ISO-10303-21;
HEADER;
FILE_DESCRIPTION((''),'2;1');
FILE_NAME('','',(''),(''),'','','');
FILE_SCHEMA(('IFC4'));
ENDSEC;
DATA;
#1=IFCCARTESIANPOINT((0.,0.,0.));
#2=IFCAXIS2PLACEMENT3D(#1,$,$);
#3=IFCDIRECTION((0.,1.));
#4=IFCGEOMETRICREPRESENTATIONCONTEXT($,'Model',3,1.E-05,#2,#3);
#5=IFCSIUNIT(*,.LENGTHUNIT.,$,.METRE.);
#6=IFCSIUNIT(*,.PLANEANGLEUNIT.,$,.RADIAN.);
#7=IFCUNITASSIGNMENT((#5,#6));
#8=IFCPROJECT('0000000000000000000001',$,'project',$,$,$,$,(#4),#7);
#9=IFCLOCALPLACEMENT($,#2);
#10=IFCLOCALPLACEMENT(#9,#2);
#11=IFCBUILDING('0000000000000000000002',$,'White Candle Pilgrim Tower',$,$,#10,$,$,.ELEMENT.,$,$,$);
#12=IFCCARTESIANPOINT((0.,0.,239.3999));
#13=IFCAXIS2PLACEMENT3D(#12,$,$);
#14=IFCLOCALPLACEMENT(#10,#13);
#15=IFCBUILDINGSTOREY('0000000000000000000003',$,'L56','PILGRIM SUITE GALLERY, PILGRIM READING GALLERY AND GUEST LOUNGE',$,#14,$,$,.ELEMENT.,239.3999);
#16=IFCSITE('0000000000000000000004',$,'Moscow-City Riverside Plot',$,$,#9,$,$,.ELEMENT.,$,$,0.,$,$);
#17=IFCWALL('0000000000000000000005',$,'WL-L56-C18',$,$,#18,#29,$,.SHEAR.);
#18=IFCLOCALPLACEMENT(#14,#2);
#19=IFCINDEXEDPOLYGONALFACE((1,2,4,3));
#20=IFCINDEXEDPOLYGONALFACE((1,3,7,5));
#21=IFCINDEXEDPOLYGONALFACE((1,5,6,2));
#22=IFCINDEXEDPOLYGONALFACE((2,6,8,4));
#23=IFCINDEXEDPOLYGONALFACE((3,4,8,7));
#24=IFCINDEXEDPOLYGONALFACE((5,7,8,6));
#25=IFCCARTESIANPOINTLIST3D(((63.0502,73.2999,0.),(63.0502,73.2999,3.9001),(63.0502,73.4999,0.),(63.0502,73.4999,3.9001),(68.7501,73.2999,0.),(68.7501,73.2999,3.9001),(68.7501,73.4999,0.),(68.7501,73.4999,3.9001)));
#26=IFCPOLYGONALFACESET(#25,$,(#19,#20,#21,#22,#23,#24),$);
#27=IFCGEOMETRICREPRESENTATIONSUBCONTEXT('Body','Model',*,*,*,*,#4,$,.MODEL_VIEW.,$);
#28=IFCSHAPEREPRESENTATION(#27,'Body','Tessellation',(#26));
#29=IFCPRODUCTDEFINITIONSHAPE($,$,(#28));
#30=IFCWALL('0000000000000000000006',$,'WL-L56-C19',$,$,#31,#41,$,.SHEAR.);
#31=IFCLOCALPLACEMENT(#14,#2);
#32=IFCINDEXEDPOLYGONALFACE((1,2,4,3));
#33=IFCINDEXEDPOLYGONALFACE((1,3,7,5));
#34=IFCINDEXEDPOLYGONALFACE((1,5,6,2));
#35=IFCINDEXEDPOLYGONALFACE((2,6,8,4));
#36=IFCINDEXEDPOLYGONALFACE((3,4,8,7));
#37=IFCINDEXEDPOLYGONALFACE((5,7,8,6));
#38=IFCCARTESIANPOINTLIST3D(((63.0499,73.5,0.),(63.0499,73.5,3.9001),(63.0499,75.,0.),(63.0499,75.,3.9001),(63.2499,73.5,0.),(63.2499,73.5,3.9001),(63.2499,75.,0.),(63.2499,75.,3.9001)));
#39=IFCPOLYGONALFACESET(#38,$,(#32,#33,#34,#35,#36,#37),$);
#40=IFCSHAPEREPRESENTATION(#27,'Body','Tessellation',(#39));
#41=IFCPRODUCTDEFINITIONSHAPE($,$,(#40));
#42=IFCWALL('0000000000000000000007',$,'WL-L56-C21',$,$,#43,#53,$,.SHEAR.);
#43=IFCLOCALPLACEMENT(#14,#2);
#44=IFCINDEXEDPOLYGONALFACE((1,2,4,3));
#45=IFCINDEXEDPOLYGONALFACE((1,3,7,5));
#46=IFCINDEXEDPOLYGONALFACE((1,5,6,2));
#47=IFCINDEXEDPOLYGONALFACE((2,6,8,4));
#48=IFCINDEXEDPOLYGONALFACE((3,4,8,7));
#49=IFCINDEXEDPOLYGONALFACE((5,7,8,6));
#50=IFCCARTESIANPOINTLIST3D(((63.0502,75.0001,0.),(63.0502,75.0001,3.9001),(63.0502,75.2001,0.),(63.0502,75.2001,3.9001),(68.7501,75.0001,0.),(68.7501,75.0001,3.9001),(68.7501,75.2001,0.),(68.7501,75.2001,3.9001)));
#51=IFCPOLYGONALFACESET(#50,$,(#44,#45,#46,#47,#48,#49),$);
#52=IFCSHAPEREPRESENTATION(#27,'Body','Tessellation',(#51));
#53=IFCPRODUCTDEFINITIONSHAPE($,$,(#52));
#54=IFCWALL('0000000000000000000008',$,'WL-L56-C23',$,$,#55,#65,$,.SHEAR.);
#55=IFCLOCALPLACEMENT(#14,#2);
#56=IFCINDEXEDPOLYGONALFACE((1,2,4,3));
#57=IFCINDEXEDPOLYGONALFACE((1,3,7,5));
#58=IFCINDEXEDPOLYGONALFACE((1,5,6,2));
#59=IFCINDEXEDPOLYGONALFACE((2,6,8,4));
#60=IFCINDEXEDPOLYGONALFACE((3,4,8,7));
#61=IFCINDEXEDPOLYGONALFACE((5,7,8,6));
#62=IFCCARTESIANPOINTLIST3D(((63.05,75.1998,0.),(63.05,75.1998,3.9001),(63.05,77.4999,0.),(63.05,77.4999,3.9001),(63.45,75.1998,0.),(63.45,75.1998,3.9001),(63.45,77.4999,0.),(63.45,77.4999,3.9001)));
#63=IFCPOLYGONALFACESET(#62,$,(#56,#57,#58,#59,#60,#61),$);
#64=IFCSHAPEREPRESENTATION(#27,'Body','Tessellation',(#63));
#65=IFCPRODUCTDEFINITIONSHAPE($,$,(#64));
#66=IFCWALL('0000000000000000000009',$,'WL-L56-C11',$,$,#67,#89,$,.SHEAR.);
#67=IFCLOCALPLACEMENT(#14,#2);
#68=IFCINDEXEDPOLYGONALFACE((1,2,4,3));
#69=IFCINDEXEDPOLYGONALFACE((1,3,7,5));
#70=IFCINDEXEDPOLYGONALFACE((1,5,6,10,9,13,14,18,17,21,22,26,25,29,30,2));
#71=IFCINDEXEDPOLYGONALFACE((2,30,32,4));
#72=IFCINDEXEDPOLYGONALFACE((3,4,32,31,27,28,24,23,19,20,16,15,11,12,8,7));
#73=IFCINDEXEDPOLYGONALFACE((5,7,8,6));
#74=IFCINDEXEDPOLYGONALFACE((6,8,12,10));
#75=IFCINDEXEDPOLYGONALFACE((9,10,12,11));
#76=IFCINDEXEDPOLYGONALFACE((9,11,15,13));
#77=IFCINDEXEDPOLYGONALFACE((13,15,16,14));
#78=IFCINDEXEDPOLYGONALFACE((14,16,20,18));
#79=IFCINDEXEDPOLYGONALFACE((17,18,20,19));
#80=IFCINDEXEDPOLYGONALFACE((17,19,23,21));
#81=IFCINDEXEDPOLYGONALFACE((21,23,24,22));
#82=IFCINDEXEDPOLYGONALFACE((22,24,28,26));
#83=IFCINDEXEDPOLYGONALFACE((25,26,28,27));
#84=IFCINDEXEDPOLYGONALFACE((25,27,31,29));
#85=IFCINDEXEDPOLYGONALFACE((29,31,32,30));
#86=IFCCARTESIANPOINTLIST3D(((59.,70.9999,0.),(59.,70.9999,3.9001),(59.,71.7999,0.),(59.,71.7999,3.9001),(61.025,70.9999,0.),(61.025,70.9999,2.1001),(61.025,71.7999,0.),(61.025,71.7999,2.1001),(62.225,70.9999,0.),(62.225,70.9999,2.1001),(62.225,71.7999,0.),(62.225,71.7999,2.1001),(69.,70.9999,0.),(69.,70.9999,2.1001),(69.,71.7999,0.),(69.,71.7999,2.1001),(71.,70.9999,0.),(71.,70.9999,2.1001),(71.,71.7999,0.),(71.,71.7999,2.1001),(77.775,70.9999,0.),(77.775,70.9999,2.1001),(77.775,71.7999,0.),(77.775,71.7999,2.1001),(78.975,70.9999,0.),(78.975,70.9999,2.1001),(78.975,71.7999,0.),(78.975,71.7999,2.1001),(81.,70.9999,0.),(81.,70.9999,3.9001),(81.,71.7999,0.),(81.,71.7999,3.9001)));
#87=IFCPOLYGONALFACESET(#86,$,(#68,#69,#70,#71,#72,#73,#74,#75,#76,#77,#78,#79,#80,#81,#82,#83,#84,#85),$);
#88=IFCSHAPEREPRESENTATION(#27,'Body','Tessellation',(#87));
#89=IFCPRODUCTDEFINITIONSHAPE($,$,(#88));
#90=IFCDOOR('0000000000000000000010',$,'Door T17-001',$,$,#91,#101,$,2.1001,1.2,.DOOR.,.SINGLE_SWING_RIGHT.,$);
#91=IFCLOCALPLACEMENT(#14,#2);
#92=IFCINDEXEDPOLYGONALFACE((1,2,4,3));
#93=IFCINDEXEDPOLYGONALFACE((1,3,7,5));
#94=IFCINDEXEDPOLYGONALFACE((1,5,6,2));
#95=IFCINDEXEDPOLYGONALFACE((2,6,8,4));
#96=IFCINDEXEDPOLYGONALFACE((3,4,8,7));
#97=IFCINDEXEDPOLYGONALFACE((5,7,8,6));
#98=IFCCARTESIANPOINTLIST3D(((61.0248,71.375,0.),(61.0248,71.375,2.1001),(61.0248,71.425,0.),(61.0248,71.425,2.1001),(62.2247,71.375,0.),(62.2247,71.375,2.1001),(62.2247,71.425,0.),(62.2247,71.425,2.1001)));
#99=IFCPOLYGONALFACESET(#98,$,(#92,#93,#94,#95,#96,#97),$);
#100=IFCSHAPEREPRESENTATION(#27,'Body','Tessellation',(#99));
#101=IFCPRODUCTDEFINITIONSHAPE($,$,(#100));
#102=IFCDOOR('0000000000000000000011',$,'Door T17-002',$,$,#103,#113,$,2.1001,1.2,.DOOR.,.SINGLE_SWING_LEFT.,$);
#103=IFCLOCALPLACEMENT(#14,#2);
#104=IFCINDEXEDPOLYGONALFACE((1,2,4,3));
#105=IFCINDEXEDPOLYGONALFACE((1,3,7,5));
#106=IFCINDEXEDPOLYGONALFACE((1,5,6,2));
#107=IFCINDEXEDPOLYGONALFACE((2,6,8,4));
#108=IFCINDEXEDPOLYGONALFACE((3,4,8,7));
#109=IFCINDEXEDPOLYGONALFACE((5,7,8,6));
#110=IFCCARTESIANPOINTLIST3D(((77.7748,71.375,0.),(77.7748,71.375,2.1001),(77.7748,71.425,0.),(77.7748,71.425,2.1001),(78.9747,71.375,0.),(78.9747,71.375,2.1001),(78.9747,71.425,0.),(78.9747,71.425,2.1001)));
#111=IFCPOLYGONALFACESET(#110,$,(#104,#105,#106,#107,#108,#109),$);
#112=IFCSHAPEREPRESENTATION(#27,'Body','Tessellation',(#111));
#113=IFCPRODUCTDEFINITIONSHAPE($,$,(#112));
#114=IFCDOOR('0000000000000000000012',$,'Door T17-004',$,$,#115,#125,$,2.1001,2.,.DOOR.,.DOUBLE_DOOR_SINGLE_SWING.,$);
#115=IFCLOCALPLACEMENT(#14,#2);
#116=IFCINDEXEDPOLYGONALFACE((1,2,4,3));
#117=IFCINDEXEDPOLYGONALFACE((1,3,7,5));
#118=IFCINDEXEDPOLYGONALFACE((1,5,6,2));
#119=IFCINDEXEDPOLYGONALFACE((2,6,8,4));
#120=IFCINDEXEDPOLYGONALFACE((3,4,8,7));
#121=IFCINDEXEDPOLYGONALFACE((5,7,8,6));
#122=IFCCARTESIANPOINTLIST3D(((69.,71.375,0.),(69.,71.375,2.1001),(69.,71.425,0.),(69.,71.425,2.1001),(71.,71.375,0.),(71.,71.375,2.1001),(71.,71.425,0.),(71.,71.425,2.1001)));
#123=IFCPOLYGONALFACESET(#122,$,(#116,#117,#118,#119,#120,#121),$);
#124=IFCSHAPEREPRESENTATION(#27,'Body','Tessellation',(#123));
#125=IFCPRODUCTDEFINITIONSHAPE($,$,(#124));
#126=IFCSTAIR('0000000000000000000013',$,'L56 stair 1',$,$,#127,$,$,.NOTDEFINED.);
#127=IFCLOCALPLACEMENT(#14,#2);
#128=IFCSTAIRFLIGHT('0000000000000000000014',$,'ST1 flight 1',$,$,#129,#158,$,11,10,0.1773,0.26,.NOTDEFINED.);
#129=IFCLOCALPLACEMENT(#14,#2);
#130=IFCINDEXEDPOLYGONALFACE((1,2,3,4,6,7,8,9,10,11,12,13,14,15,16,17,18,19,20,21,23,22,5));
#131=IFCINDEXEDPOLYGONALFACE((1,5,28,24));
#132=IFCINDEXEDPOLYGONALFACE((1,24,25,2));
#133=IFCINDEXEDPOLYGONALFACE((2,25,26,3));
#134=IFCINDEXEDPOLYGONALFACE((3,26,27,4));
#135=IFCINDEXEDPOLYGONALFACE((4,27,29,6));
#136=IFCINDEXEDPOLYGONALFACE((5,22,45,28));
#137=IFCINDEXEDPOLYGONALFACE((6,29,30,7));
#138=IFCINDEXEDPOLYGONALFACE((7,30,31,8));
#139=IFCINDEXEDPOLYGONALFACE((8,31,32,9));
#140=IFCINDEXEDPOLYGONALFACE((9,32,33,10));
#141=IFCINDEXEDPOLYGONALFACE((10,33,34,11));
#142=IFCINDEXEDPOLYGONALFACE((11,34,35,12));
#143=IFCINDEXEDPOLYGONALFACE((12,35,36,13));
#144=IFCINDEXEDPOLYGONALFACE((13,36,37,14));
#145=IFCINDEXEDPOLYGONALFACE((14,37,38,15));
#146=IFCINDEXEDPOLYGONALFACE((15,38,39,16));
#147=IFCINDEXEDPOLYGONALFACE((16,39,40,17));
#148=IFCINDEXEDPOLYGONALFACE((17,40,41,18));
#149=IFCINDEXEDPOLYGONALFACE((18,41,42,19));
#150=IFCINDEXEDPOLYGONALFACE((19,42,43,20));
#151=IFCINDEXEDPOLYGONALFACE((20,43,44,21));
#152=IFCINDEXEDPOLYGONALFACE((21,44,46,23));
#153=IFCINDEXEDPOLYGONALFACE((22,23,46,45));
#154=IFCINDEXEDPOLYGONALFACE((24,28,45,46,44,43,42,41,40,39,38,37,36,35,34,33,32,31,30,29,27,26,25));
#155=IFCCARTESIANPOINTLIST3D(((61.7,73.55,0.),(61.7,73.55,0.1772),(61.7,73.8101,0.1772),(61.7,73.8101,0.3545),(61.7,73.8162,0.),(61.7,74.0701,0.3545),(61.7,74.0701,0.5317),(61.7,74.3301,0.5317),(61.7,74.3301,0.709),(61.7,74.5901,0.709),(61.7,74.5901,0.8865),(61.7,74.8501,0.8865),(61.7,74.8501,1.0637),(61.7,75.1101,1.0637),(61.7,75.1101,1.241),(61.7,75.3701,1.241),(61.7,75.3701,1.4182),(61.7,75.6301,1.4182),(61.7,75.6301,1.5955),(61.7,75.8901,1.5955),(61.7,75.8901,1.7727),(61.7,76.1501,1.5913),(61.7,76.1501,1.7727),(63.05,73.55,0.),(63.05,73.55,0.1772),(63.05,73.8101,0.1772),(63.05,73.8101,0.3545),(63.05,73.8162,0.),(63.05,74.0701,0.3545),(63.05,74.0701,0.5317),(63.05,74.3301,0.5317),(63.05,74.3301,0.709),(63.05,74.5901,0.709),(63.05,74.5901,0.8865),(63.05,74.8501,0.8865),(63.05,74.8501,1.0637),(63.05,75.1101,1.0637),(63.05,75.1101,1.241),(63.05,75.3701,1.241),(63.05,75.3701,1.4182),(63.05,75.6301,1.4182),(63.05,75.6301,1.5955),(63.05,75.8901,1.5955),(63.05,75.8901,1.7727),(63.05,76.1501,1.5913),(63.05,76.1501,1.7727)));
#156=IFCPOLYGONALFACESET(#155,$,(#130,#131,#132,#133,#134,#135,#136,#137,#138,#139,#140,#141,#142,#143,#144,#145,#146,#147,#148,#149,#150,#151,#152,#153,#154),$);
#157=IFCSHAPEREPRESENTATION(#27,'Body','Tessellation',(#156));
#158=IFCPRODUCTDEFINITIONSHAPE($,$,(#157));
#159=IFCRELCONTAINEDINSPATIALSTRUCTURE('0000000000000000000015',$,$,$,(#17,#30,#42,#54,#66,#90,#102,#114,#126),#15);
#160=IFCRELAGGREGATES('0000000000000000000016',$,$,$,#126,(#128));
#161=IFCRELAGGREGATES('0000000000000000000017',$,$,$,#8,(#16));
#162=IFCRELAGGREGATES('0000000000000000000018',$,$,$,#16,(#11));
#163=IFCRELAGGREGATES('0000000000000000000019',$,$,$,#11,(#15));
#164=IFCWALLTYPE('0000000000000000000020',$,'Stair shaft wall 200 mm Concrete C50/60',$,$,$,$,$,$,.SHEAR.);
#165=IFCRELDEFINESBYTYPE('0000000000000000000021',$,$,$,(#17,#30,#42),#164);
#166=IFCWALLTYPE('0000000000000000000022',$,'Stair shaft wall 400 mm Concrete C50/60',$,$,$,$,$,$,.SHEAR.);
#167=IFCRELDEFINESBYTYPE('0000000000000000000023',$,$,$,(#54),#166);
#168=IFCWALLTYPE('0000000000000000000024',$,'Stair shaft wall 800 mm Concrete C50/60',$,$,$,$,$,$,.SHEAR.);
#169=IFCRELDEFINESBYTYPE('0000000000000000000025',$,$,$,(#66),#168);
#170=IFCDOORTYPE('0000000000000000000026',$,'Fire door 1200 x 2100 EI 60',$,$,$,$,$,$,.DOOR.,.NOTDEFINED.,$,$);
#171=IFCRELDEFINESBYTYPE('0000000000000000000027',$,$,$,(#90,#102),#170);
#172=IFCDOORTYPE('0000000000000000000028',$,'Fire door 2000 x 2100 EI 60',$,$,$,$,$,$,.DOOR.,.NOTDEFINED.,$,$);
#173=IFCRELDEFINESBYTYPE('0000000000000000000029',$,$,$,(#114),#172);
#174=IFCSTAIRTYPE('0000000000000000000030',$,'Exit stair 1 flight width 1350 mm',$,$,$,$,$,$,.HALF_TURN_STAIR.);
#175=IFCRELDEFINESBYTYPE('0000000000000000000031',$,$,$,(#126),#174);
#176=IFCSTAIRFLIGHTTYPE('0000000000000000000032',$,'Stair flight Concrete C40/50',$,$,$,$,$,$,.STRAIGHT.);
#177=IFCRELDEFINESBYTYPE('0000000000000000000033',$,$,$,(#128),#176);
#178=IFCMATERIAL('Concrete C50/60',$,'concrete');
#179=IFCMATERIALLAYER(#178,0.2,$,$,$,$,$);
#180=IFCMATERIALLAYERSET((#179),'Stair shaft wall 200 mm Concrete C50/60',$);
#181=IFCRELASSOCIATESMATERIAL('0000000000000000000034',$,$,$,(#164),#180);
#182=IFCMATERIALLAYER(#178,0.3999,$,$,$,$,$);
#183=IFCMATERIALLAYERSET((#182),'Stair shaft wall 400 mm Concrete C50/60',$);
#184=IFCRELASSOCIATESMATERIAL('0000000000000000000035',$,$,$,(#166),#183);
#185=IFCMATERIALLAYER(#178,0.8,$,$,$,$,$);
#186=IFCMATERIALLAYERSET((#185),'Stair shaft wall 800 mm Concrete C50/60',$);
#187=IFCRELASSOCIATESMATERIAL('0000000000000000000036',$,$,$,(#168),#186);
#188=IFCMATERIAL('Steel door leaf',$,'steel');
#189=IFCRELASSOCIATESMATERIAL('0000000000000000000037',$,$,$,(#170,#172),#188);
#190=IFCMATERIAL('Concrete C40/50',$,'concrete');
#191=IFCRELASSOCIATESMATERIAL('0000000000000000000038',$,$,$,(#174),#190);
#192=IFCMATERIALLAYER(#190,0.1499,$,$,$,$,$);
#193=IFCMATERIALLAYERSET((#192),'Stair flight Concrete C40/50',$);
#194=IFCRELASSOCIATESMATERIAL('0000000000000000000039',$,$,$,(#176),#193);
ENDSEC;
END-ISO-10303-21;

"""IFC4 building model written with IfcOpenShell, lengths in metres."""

from ifc_helpers import new_model, si_unit, direction, frame, frame_2d, origin, place, context, subcontext, project, spatial, polyline, rectangle, outline, extrude, material, layer, layer_set, type_object, element, fill, aggregate, save


model = new_model("IFC4")

# Units and contexts
model_context = context("Model", 3, precision=1e-05, world=origin(), true_north=direction((0.0, 1.0)))
body_context = subcontext(model_context, "Body", "Model", "MODEL_VIEW")
ifc_project = project(units=[si_unit("LENGTHUNIT", "METRE"), si_unit("PLANEANGLEUNIT", "RADIAN")], contexts=[model_context])

# Site, building, storey
site_placement = place(None, origin())
site = spatial("IfcSite", under=ifc_project, at=site_placement, Name="Moscow-City Riverside Plot", CompositionType="ELEMENT", RefElevation=0.0)
building_placement = place(site_placement, origin())
building = spatial("IfcBuilding", under=site, at=building_placement, Name="White Candle Pilgrim Tower", CompositionType="ELEMENT")
storey_placement = place(building_placement, frame((0.0, 0.0, 239.3999)))
storey = spatial("IfcBuildingStorey", under=building, at=storey_placement, Name="L56", Description="PILGRIM SUITE GALLERY, PILGRIM READING GALLERY AND GUEST LOUNGE", CompositionType="ELEMENT", Elevation=239.3999)

# Shared definitions
ifc_material_1 = material(Name="Steel door leaf", Category="steel")

# Walls
ifc_material_2 = material(Name="Concrete C50/60", Category="concrete")
ifc_layer_1 = layer(ifc_material_2, 0.2)
ifc_layer_set_1 = layer_set([ifc_layer_1], Name="Stair shaft wall 200 mm Concrete C50/60")
wall_type_1 = type_object("IfcWallType", Name="Stair shaft wall 200 mm Concrete C50/60", PredefinedType="SHEAR", material=ifc_layer_set_1)
wall_1_placement = place(storey_placement, frame((63.05, 73.3999, 0.0), z_axis=(0.0, 0.0, 1.0), x_axis=(1.0, 0.0, 0.0)))
element("IfcWall", 1, at=wall_1_placement, inside=storey, type_object=wall_type_1, Name="WL-L56-C18", PredefinedType="SHEAR", context=body_context, shape_type="SweptSolid", body=[
    extrude(rectangle(XDim=5.7, YDim=0.2, at=frame_2d((2.8501, 0.0))), origin(), (0.0, 0.0, 1.0), 3.9001),
])
wall_2_placement = place(storey_placement, frame((63.1499, 73.5, 0.0), z_axis=(0.0, 0.0, 1.0), x_axis=(0.0, 1.0, 0.0)))
element("IfcWall", 2, at=wall_2_placement, inside=storey, type_object=wall_type_1, Name="WL-L56-C19", PredefinedType="SHEAR", context=body_context, shape_type="SweptSolid", body=[
    extrude(rectangle(XDim=1.5, YDim=0.2, at=frame_2d((0.75, 0.0))), origin(), (0.0, 0.0, 1.0), 3.9001),
])
wall_3_placement = place(storey_placement, frame((63.05, 75.1001, 0.0), z_axis=(0.0, 0.0, 1.0), x_axis=(1.0, 0.0, 0.0)))
element("IfcWall", 3, at=wall_3_placement, inside=storey, type_object=wall_type_1, Name="WL-L56-C21", PredefinedType="SHEAR", context=body_context, shape_type="SweptSolid", body=[
    extrude(rectangle(XDim=5.7, YDim=0.2, at=frame_2d((2.8501, 0.0))), origin(), (0.0, 0.0, 1.0), 3.9001),
])
ifc_layer_2 = layer(ifc_material_2, 0.3999)
ifc_layer_set_2 = layer_set([ifc_layer_2], Name="Stair shaft wall 400 mm Concrete C50/60")
wall_type_2 = type_object("IfcWallType", Name="Stair shaft wall 400 mm Concrete C50/60", PredefinedType="SHEAR", material=ifc_layer_set_2)
wall_4_placement = place(storey_placement, frame((63.25, 75.2, 0.0), z_axis=(0.0, 0.0, 1.0), x_axis=(0.0, 1.0, 0.0)))
element("IfcWall", 4, at=wall_4_placement, inside=storey, type_object=wall_type_2, Name="WL-L56-C23", PredefinedType="SHEAR", context=body_context, shape_type="SweptSolid", body=[
    extrude(rectangle(XDim=2.3, YDim=0.3999, at=frame_2d((1.1499, 0.0))), origin(), (0.0, 0.0, 1.0), 3.9001),
])

# Wall, openings, doors
ifc_layer_3 = layer(ifc_material_2, 0.8)
ifc_layer_set_3 = layer_set([ifc_layer_3], Name="Stair shaft wall 800 mm Concrete C50/60")
wall_type_3 = type_object("IfcWallType", Name="Stair shaft wall 800 mm Concrete C50/60", PredefinedType="SHEAR", material=ifc_layer_set_3)
wall_5_placement = place(storey_placement, frame((59.0, 71.3999, 0.0), z_axis=(0.0, 0.0, 1.0), x_axis=(1.0, 0.0, 0.0)))
wall_5 = element("IfcWall", 5, at=wall_5_placement, inside=storey, type_object=wall_type_3, Name="WL-L56-C11", PredefinedType="SHEAR", context=body_context, shape_type="SweptSolid", body=[
    extrude(rectangle(XDim=22.0, YDim=0.8, at=frame_2d((11.0, 0.0))), origin(), (0.0, 0.0, 1.0), 3.9001),
])
opening_1_placement = place(wall_5_placement, frame((2.0249, 0.0, 0.0)))
opening_1 = element("IfcOpeningElement", 6, at=opening_1_placement, cuts=wall_5, PredefinedType="OPENING", context=body_context, shape_type="SweptSolid", body=[
    extrude(rectangle(XDim=1.2, YDim=2.1001, at=frame_2d((0.6001, 1.05))), frame((0.0, 0.4099, 0.0), z_axis=(0.0, -1.0, 0.0), x_axis=(1.0, 0.0, 0.0)), (0.0, 0.0, 1.0), 0.8201),
])
opening_2_placement = place(wall_5_placement, frame((18.7749, 0.0, 0.0)))
opening_2 = element("IfcOpeningElement", 7, at=opening_2_placement, cuts=wall_5, PredefinedType="OPENING", context=body_context, shape_type="SweptSolid", body=[
    extrude(rectangle(XDim=1.2, YDim=2.1001, at=frame_2d((0.6001, 1.05))), frame((0.0, 0.4099, 0.0), z_axis=(0.0, -1.0, 0.0), x_axis=(1.0, 0.0, 0.0)), (0.0, 0.0, 1.0), 0.8201),
])
opening_3_placement = place(wall_5_placement, frame((10.0, 0.0, 0.0)))
opening_3 = element("IfcOpeningElement", 8, at=opening_3_placement, cuts=wall_5, PredefinedType="OPENING", context=body_context, shape_type="SweptSolid", body=[
    extrude(rectangle(XDim=2.0, YDim=2.1001, at=frame_2d((1.0, 1.05))), frame((0.0, 0.4099, 0.0), z_axis=(0.0, -1.0, 0.0), x_axis=(1.0, 0.0, 0.0)), (0.0, 0.0, 1.0), 0.8201),
])
door_type_1 = type_object("IfcDoorType", Name="Fire door 1200 x 2100 EI 60", OperationType="NOTDEFINED", PredefinedType="DOOR", material=ifc_material_1)
door_1_placement = place(opening_1_placement, frame((1.2, 0.0, 0.0), z_axis=(0.0, 0.0, 1.0), x_axis=(-1.0, 0.0, 0.0)))
door_1 = element("IfcDoor", 9, at=door_1_placement, inside=storey, type_object=door_type_1, Name="Door T17-001", OperationType="SINGLE_SWING_RIGHT", OverallHeight=2.1001, OverallWidth=1.2, PredefinedType="DOOR", context=body_context, shape_type="SweptSolid", body=[
    extrude(rectangle(XDim=1.2, YDim=2.1001, at=frame_2d((0.6001, 1.05))), frame((0.0, 0.0249, 0.0), z_axis=(0.0, -1.0, 0.0), x_axis=(1.0, 0.0, 0.0)), (0.0, 0.0, 1.0), 0.05),
])
fill(opening_1, door_1)
door_2_placement = place(opening_2_placement, frame((1.2, 0.0, 0.0), z_axis=(0.0, 0.0, 1.0), x_axis=(-1.0, 0.0, 0.0)))
door_2 = element("IfcDoor", 10, at=door_2_placement, inside=storey, type_object=door_type_1, Name="Door T17-002", OperationType="SINGLE_SWING_LEFT", OverallHeight=2.1001, OverallWidth=1.2, PredefinedType="DOOR", context=body_context, shape_type="SweptSolid", body=[
    extrude(rectangle(XDim=1.2, YDim=2.1001, at=frame_2d((0.6001, 1.05))), frame((0.0, 0.0249, 0.0), z_axis=(0.0, -1.0, 0.0), x_axis=(1.0, 0.0, 0.0)), (0.0, 0.0, 1.0), 0.05),
])
fill(opening_2, door_2)
door_type_2 = type_object("IfcDoorType", Name="Fire door 2000 x 2100 EI 60", OperationType="NOTDEFINED", PredefinedType="DOOR", material=ifc_material_1)
door_3_placement = place(opening_3_placement, frame((2.0, 0.0, 0.0), z_axis=(0.0, 0.0, 1.0), x_axis=(-1.0, 0.0, 0.0)))
door_3 = element("IfcDoor", 11, at=door_3_placement, inside=storey, type_object=door_type_2, Name="Door T17-004", OperationType="DOUBLE_DOOR_SINGLE_SWING", OverallHeight=2.1001, OverallWidth=2.0, PredefinedType="DOOR", context=body_context, shape_type="SweptSolid", body=[
    extrude(rectangle(XDim=2.0, YDim=2.1001, at=frame_2d((1.0, 1.05))), frame((0.0, 0.0249, 0.0), z_axis=(0.0, -1.0, 0.0), x_axis=(1.0, 0.0, 0.0)), (0.0, 0.0, 1.0), 0.05),
])
fill(opening_3, door_3)

# Stair, stair flight
ifc_material_3 = material(Name="Concrete C40/50", Category="concrete")
stair_type = type_object("IfcStairType", Name="Exit stair 1 flight width 1350 mm", PredefinedType="HALF_TURN_STAIR", material=ifc_material_3)
stair_placement = place(storey_placement, origin())
stair = element("IfcStair", 12, at=stair_placement, inside=storey, type_object=stair_type, Name="L56 stair 1", PredefinedType="NOTDEFINED")
ifc_layer_4 = layer(ifc_material_3, 0.1499)
ifc_layer_set_4 = layer_set([ifc_layer_4], Name="Stair flight Concrete C40/50")
stair_flight_type = type_object("IfcStairFlightType", Name="Stair flight Concrete C40/50", PredefinedType="STRAIGHT", material=ifc_layer_set_4)
stair_flight_placement = place(storey_placement, frame((62.375, 73.55, 0.0), z_axis=(0.0, 0.0, 1.0), x_axis=(0.0, 1.0, 0.0)))
stair_flight = element("IfcStairFlight", 13, at=stair_flight_placement, type_object=stair_flight_type, Name="ST1 flight 1", NumberOfRisers=11, NumberOfTreads=10, PredefinedType="NOTDEFINED", RiserHeight=0.1773, TreadLength=0.26, context=body_context, shape_type="SweptSolid", body=[
    extrude(outline(polyline([(0.0, 0.0), (0.0, 0.1772), (0.26, 0.1772), (0.26, 0.3545), (0.52, 0.3545), (0.52, 0.5317), (0.78, 0.5317), (0.78, 0.709), (1.04, 0.709), (1.04, 0.8865), (1.3, 0.8865), (1.3, 1.0637), (1.5601, 1.0637), (1.5601, 1.241), (1.8201, 1.241), (1.8201, 1.4182), (2.0801, 1.4182), (2.0801, 1.5955), (2.3401, 1.5955), (2.3401, 1.7727), (2.6001, 1.7727), (2.6001, 1.95), (2.6001, 1.5913), (0.2661, 0.0), (0.0, 0.0)])), frame((0.0, 0.675, 0.0), z_axis=(0.0, -1.0, 0.0), x_axis=(1.0, 0.0, 0.0)), (0.0, 0.0, 1.0), 1.3501),
])
aggregate(stair, [stair_flight])

save(model, "model.ifc")
